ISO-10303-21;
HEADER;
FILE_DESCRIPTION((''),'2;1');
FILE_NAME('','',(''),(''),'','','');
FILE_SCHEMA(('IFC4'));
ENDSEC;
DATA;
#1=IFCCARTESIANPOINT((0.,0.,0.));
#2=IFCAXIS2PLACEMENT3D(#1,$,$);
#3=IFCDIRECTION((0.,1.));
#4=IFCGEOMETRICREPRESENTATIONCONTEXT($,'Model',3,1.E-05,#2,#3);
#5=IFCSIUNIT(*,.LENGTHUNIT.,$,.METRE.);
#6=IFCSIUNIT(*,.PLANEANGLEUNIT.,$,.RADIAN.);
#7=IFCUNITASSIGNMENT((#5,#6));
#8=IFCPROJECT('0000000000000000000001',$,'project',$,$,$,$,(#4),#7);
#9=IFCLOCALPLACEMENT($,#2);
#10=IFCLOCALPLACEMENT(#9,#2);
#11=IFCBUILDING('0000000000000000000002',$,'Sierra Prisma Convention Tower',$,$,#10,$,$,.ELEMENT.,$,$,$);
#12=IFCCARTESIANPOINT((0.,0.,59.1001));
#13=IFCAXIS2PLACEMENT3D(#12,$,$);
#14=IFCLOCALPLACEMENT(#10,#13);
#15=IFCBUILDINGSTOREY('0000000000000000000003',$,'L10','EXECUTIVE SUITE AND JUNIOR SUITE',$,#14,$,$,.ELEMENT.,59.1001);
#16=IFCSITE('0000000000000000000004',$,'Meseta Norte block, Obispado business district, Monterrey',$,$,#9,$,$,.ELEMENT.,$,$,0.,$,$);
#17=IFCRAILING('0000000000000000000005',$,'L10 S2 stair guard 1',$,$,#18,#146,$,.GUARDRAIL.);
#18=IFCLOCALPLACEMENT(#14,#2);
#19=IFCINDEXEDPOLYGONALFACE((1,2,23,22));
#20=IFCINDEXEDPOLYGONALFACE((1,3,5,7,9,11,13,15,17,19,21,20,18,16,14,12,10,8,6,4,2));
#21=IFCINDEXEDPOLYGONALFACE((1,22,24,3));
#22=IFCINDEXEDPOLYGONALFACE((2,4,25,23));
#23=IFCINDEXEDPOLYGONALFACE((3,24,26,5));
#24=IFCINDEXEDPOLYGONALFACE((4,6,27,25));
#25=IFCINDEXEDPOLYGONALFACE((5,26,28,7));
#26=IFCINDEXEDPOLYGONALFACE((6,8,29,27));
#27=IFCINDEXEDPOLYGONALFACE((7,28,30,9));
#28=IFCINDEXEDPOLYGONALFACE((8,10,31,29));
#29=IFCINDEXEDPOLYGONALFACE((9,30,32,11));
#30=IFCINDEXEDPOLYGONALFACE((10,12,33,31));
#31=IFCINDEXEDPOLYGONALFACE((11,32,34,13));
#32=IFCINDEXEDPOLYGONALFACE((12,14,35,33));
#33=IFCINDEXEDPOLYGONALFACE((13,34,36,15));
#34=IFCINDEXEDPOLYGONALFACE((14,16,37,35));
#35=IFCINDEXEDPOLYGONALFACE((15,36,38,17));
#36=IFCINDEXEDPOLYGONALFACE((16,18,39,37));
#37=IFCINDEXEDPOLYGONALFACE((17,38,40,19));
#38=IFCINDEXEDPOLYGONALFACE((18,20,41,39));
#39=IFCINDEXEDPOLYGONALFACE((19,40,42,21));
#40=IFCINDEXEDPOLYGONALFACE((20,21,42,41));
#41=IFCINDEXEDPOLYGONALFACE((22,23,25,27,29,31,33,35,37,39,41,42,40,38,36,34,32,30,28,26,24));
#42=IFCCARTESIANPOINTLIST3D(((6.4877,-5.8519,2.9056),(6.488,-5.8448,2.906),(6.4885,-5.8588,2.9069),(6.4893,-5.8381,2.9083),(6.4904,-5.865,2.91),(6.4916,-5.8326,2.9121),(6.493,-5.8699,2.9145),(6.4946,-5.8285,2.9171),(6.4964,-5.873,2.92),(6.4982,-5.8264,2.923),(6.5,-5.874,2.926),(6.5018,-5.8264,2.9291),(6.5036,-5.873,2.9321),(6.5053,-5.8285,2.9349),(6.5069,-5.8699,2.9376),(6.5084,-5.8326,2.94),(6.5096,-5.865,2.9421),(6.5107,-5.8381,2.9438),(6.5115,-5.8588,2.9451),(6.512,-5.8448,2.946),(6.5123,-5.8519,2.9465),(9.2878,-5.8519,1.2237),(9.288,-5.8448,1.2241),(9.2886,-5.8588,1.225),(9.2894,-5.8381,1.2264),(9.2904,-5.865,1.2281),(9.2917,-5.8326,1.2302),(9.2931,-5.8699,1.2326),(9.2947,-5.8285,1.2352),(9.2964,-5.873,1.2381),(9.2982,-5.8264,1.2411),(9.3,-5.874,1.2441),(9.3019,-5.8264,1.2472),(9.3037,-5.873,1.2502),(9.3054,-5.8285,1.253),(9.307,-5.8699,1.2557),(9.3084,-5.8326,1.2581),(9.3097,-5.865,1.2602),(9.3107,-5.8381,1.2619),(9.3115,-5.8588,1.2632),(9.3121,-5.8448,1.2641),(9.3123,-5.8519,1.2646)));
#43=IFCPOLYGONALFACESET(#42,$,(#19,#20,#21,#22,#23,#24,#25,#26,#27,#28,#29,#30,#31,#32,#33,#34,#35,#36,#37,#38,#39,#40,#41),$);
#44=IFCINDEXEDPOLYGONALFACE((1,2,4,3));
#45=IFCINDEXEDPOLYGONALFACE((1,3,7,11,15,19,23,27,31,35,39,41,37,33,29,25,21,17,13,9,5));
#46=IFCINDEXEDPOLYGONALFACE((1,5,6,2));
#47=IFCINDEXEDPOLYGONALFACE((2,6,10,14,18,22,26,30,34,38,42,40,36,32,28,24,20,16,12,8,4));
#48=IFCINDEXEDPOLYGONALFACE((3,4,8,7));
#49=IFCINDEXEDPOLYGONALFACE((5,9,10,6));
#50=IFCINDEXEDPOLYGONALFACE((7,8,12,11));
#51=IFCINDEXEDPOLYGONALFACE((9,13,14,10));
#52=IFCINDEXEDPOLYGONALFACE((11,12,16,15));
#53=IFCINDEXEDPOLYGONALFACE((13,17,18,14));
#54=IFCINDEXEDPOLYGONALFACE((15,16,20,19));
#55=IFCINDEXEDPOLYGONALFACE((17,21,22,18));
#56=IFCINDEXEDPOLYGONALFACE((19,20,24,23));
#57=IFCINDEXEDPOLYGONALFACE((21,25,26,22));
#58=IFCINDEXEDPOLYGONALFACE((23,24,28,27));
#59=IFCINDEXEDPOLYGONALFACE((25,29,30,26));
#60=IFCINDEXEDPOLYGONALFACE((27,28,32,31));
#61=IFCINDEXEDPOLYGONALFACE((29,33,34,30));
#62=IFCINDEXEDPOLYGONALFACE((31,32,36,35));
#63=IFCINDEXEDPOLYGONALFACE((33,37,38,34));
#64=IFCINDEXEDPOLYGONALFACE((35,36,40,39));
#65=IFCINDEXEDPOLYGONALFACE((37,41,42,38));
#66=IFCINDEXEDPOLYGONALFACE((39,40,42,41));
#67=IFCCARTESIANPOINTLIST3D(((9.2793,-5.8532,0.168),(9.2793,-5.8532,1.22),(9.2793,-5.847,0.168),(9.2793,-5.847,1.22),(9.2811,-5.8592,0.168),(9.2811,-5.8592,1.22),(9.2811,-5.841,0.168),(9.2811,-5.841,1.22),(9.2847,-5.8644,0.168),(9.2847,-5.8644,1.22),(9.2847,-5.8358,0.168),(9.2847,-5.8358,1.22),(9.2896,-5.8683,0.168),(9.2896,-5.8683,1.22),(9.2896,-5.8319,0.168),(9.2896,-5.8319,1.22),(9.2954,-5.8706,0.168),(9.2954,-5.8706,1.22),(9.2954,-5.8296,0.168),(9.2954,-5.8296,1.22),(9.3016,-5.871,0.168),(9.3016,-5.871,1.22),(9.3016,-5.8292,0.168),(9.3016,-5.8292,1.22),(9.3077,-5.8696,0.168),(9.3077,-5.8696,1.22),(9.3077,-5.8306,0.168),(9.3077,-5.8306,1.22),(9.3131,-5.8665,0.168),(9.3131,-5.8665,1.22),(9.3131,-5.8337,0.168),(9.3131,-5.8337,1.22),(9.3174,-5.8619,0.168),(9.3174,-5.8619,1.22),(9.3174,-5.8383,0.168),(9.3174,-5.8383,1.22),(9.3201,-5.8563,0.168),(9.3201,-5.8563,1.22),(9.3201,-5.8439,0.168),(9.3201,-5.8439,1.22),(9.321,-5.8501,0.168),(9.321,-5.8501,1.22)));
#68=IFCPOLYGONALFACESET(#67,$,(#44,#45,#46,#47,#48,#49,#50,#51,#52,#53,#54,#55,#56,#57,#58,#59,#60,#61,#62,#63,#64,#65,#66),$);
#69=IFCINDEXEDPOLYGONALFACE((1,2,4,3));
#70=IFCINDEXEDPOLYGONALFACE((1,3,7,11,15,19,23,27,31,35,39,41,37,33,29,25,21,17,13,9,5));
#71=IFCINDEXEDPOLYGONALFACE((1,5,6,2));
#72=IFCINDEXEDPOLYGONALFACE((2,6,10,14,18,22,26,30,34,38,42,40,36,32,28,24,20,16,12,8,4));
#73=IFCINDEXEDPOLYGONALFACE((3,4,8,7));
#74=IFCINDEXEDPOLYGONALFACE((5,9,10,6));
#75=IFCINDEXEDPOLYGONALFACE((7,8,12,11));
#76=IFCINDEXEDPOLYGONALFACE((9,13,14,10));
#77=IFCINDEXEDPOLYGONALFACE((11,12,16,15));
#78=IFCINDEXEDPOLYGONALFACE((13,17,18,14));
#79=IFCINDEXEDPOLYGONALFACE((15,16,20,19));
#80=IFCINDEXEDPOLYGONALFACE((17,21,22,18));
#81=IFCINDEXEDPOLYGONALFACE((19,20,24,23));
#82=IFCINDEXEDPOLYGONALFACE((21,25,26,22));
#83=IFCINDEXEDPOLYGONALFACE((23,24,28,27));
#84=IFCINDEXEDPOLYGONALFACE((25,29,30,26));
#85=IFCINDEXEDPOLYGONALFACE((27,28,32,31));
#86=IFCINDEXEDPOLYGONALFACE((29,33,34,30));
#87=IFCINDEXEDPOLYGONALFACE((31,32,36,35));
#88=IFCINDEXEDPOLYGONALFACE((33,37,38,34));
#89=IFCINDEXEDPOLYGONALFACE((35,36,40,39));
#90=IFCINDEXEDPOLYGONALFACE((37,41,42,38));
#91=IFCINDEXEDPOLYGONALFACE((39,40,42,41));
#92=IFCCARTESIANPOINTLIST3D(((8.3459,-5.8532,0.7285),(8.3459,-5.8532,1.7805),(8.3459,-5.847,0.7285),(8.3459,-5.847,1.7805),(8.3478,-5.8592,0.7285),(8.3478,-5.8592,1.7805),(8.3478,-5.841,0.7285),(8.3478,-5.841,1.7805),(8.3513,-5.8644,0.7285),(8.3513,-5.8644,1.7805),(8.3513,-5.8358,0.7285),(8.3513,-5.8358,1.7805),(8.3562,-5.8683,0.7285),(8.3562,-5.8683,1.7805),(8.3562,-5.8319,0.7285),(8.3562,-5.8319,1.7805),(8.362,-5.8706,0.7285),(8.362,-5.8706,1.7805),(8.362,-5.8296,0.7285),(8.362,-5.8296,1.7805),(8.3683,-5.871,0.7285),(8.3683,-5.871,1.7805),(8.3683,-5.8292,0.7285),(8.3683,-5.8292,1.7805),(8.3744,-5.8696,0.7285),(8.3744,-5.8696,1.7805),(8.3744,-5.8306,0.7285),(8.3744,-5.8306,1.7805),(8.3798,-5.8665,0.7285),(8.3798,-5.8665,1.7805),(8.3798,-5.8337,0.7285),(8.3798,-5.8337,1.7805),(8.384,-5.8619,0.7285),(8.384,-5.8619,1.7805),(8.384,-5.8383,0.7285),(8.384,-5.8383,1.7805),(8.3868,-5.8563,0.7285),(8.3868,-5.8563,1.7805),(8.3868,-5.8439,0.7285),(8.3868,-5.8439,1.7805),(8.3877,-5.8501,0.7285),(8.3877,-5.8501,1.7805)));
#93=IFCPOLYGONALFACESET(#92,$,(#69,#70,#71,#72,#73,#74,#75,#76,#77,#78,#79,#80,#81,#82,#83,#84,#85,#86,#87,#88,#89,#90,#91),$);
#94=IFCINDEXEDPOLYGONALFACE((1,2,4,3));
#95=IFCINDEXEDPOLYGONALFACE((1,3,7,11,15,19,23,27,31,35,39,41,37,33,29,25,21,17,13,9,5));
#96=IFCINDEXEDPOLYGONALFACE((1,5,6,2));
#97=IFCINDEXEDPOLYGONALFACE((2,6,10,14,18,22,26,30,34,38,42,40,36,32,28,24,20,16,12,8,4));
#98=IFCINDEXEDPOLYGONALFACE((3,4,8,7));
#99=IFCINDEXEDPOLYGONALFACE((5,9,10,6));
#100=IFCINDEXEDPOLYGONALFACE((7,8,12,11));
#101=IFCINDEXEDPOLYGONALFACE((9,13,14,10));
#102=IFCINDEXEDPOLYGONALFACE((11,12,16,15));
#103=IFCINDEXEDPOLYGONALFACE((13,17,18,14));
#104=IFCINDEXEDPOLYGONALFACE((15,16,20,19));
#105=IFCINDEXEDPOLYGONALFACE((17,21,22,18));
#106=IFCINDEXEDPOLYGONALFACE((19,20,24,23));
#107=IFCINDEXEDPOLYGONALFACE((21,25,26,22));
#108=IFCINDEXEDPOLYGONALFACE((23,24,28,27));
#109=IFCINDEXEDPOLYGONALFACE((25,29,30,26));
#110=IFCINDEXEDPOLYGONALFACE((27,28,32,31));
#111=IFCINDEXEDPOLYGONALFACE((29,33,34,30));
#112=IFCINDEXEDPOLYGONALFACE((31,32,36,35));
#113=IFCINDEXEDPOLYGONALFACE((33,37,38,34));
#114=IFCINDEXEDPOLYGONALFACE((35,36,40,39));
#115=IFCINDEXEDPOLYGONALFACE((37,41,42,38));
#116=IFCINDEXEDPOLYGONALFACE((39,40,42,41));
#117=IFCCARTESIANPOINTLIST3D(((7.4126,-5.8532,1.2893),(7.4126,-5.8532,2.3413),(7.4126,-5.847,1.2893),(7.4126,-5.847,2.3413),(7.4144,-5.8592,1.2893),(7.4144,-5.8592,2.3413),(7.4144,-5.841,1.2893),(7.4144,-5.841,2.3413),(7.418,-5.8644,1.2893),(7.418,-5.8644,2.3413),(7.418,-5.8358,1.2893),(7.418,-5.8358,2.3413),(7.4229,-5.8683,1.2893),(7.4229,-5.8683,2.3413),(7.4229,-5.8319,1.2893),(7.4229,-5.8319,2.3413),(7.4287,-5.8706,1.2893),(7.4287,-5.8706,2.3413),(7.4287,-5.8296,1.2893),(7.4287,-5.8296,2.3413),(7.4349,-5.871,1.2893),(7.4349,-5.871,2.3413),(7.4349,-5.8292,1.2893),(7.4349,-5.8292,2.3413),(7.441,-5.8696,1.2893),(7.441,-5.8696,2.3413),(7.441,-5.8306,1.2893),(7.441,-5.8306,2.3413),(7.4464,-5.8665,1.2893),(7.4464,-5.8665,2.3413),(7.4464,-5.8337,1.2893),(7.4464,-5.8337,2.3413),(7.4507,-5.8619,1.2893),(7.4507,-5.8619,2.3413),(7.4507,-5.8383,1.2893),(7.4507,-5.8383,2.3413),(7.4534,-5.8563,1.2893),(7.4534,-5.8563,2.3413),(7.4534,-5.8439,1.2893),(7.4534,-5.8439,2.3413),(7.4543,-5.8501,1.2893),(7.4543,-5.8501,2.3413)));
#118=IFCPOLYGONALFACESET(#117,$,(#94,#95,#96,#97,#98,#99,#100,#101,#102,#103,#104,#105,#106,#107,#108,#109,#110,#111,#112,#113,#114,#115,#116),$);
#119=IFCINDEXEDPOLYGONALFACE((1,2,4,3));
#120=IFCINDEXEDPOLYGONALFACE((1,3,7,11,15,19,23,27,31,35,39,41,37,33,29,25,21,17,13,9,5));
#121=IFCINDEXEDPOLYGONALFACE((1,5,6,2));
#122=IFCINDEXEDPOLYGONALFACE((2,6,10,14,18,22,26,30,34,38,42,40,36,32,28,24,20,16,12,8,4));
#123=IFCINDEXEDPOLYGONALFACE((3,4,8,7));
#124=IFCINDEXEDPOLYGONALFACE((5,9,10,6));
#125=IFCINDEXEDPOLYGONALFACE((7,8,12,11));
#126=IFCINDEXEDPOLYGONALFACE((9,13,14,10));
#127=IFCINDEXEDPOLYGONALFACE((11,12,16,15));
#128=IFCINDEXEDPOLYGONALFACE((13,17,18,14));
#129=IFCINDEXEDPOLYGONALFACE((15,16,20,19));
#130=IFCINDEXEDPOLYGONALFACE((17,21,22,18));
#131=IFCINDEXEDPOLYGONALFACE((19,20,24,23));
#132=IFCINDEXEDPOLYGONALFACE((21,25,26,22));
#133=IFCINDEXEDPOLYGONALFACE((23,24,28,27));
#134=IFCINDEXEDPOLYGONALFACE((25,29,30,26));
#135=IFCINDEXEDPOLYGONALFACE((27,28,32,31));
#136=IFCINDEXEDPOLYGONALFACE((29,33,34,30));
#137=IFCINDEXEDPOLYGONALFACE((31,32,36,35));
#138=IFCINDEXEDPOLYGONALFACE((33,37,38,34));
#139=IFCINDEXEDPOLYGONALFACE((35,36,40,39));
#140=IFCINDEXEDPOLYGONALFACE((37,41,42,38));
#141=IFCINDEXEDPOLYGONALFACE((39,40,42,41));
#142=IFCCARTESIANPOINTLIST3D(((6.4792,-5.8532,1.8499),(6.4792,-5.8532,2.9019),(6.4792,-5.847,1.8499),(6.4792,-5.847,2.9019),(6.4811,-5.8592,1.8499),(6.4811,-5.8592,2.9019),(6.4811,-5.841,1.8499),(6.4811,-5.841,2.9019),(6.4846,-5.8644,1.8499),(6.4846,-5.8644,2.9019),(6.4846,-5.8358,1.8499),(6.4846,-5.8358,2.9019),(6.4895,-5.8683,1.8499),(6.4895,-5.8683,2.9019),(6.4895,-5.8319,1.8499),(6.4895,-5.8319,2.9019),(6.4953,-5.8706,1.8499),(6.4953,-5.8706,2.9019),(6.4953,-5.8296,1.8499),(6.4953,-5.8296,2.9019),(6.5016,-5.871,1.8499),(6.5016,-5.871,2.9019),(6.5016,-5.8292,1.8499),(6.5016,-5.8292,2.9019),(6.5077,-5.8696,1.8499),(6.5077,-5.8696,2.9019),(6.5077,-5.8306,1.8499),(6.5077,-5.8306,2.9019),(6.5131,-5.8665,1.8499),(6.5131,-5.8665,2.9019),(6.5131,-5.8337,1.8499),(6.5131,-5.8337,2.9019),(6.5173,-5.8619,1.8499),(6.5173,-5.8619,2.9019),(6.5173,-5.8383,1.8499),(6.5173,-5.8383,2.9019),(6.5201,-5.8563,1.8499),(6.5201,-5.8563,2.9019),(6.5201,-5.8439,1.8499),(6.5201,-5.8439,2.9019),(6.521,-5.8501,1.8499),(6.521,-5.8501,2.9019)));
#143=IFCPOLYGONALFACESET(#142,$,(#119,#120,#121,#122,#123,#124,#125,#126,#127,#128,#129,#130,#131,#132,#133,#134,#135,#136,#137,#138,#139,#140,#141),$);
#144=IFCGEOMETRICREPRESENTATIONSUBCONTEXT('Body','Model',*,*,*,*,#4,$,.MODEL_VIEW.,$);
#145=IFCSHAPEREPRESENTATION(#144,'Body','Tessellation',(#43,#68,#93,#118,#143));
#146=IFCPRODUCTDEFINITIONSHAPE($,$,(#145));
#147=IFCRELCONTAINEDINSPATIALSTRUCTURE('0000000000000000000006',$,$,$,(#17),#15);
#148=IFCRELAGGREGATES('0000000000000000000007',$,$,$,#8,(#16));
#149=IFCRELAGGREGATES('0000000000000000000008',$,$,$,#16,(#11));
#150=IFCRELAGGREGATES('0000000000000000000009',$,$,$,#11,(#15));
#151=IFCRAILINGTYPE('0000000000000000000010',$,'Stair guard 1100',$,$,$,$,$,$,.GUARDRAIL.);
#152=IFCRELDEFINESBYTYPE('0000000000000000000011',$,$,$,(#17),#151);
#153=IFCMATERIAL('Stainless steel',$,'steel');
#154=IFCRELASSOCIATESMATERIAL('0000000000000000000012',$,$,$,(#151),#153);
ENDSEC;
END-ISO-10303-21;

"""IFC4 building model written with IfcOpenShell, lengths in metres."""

from ifc_helpers import new_model, si_unit, direction, frame, origin, origin_2d, place, context, subcontext, project, spatial, circle, extrude, material, type_object, element, save


model = new_model("IFC4")

# Units and contexts
model_context = context("Model", 3, precision=1e-05, world=origin(), true_north=direction((0.0, 1.0)))
body_context = subcontext(model_context, "Body", "Model", "MODEL_VIEW")
ifc_project = project(units=[si_unit("LENGTHUNIT", "METRE"), si_unit("PLANEANGLEUNIT", "RADIAN")], contexts=[model_context])

# Site, building, storey
site_placement = place(None, origin())
site = spatial("IfcSite", under=ifc_project, at=site_placement, Name="Meseta Norte block, Obispado business district, Monterrey", CompositionType="ELEMENT", RefElevation=0.0)
building_placement = place(site_placement, origin())
building = spatial("IfcBuilding", under=site, at=building_placement, Name="Sierra Prisma Convention Tower", CompositionType="ELEMENT")
storey_placement = place(building_placement, frame((0.0, 0.0, 59.1001)))
storey = spatial("IfcBuildingStorey", under=building, at=storey_placement, Name="L10", Description="EXECUTIVE SUITE AND JUNIOR SUITE", CompositionType="ELEMENT", Elevation=59.1001)

# Railing
ifc_material_1 = material(Name="Stainless steel", Category="steel")
railing_type_1 = type_object("IfcRailingType", Name="Stair guard 1100", PredefinedType="GUARDRAIL", material=ifc_material_1)
railing_1_placement = place(storey_placement, frame((9.3, -5.8501, 0.168)))
element("IfcRailing", 1, at=railing_1_placement, inside=storey, type_object=railing_type_1, Name="L10 S2 stair guard 1", PredefinedType="GUARDRAIL", context=body_context, shape_type="SweptSolid", body=[
    extrude(circle(Radius=0.0239, at=origin_2d()), frame((0.0, 0.0, 1.0762), z_axis=(-0.857242, 0.0, 0.514913), x_axis=(0.0, -1.0, 0.0)), (0.0, 0.0, 1.0), 3.2664),
    extrude(circle(Radius=0.021, at=origin_2d()), origin(), (0.0, 0.0, 1.0), 1.052),
    extrude(circle(Radius=0.021, at=origin_2d()), frame((-0.9333, 0.0, 0.5605)), (0.0, 0.0, 1.0), 1.052),
    extrude(circle(Radius=0.021, at=origin_2d()), frame((-1.8667, 0.0, 1.1213)), (0.0, 0.0, 1.0), 1.052),
    extrude(circle(Radius=0.021, at=origin_2d()), frame((-2.8, 0.0, 1.6819)), (0.0, 0.0, 1.0), 1.052),
])

save(model, "model.ifc")
